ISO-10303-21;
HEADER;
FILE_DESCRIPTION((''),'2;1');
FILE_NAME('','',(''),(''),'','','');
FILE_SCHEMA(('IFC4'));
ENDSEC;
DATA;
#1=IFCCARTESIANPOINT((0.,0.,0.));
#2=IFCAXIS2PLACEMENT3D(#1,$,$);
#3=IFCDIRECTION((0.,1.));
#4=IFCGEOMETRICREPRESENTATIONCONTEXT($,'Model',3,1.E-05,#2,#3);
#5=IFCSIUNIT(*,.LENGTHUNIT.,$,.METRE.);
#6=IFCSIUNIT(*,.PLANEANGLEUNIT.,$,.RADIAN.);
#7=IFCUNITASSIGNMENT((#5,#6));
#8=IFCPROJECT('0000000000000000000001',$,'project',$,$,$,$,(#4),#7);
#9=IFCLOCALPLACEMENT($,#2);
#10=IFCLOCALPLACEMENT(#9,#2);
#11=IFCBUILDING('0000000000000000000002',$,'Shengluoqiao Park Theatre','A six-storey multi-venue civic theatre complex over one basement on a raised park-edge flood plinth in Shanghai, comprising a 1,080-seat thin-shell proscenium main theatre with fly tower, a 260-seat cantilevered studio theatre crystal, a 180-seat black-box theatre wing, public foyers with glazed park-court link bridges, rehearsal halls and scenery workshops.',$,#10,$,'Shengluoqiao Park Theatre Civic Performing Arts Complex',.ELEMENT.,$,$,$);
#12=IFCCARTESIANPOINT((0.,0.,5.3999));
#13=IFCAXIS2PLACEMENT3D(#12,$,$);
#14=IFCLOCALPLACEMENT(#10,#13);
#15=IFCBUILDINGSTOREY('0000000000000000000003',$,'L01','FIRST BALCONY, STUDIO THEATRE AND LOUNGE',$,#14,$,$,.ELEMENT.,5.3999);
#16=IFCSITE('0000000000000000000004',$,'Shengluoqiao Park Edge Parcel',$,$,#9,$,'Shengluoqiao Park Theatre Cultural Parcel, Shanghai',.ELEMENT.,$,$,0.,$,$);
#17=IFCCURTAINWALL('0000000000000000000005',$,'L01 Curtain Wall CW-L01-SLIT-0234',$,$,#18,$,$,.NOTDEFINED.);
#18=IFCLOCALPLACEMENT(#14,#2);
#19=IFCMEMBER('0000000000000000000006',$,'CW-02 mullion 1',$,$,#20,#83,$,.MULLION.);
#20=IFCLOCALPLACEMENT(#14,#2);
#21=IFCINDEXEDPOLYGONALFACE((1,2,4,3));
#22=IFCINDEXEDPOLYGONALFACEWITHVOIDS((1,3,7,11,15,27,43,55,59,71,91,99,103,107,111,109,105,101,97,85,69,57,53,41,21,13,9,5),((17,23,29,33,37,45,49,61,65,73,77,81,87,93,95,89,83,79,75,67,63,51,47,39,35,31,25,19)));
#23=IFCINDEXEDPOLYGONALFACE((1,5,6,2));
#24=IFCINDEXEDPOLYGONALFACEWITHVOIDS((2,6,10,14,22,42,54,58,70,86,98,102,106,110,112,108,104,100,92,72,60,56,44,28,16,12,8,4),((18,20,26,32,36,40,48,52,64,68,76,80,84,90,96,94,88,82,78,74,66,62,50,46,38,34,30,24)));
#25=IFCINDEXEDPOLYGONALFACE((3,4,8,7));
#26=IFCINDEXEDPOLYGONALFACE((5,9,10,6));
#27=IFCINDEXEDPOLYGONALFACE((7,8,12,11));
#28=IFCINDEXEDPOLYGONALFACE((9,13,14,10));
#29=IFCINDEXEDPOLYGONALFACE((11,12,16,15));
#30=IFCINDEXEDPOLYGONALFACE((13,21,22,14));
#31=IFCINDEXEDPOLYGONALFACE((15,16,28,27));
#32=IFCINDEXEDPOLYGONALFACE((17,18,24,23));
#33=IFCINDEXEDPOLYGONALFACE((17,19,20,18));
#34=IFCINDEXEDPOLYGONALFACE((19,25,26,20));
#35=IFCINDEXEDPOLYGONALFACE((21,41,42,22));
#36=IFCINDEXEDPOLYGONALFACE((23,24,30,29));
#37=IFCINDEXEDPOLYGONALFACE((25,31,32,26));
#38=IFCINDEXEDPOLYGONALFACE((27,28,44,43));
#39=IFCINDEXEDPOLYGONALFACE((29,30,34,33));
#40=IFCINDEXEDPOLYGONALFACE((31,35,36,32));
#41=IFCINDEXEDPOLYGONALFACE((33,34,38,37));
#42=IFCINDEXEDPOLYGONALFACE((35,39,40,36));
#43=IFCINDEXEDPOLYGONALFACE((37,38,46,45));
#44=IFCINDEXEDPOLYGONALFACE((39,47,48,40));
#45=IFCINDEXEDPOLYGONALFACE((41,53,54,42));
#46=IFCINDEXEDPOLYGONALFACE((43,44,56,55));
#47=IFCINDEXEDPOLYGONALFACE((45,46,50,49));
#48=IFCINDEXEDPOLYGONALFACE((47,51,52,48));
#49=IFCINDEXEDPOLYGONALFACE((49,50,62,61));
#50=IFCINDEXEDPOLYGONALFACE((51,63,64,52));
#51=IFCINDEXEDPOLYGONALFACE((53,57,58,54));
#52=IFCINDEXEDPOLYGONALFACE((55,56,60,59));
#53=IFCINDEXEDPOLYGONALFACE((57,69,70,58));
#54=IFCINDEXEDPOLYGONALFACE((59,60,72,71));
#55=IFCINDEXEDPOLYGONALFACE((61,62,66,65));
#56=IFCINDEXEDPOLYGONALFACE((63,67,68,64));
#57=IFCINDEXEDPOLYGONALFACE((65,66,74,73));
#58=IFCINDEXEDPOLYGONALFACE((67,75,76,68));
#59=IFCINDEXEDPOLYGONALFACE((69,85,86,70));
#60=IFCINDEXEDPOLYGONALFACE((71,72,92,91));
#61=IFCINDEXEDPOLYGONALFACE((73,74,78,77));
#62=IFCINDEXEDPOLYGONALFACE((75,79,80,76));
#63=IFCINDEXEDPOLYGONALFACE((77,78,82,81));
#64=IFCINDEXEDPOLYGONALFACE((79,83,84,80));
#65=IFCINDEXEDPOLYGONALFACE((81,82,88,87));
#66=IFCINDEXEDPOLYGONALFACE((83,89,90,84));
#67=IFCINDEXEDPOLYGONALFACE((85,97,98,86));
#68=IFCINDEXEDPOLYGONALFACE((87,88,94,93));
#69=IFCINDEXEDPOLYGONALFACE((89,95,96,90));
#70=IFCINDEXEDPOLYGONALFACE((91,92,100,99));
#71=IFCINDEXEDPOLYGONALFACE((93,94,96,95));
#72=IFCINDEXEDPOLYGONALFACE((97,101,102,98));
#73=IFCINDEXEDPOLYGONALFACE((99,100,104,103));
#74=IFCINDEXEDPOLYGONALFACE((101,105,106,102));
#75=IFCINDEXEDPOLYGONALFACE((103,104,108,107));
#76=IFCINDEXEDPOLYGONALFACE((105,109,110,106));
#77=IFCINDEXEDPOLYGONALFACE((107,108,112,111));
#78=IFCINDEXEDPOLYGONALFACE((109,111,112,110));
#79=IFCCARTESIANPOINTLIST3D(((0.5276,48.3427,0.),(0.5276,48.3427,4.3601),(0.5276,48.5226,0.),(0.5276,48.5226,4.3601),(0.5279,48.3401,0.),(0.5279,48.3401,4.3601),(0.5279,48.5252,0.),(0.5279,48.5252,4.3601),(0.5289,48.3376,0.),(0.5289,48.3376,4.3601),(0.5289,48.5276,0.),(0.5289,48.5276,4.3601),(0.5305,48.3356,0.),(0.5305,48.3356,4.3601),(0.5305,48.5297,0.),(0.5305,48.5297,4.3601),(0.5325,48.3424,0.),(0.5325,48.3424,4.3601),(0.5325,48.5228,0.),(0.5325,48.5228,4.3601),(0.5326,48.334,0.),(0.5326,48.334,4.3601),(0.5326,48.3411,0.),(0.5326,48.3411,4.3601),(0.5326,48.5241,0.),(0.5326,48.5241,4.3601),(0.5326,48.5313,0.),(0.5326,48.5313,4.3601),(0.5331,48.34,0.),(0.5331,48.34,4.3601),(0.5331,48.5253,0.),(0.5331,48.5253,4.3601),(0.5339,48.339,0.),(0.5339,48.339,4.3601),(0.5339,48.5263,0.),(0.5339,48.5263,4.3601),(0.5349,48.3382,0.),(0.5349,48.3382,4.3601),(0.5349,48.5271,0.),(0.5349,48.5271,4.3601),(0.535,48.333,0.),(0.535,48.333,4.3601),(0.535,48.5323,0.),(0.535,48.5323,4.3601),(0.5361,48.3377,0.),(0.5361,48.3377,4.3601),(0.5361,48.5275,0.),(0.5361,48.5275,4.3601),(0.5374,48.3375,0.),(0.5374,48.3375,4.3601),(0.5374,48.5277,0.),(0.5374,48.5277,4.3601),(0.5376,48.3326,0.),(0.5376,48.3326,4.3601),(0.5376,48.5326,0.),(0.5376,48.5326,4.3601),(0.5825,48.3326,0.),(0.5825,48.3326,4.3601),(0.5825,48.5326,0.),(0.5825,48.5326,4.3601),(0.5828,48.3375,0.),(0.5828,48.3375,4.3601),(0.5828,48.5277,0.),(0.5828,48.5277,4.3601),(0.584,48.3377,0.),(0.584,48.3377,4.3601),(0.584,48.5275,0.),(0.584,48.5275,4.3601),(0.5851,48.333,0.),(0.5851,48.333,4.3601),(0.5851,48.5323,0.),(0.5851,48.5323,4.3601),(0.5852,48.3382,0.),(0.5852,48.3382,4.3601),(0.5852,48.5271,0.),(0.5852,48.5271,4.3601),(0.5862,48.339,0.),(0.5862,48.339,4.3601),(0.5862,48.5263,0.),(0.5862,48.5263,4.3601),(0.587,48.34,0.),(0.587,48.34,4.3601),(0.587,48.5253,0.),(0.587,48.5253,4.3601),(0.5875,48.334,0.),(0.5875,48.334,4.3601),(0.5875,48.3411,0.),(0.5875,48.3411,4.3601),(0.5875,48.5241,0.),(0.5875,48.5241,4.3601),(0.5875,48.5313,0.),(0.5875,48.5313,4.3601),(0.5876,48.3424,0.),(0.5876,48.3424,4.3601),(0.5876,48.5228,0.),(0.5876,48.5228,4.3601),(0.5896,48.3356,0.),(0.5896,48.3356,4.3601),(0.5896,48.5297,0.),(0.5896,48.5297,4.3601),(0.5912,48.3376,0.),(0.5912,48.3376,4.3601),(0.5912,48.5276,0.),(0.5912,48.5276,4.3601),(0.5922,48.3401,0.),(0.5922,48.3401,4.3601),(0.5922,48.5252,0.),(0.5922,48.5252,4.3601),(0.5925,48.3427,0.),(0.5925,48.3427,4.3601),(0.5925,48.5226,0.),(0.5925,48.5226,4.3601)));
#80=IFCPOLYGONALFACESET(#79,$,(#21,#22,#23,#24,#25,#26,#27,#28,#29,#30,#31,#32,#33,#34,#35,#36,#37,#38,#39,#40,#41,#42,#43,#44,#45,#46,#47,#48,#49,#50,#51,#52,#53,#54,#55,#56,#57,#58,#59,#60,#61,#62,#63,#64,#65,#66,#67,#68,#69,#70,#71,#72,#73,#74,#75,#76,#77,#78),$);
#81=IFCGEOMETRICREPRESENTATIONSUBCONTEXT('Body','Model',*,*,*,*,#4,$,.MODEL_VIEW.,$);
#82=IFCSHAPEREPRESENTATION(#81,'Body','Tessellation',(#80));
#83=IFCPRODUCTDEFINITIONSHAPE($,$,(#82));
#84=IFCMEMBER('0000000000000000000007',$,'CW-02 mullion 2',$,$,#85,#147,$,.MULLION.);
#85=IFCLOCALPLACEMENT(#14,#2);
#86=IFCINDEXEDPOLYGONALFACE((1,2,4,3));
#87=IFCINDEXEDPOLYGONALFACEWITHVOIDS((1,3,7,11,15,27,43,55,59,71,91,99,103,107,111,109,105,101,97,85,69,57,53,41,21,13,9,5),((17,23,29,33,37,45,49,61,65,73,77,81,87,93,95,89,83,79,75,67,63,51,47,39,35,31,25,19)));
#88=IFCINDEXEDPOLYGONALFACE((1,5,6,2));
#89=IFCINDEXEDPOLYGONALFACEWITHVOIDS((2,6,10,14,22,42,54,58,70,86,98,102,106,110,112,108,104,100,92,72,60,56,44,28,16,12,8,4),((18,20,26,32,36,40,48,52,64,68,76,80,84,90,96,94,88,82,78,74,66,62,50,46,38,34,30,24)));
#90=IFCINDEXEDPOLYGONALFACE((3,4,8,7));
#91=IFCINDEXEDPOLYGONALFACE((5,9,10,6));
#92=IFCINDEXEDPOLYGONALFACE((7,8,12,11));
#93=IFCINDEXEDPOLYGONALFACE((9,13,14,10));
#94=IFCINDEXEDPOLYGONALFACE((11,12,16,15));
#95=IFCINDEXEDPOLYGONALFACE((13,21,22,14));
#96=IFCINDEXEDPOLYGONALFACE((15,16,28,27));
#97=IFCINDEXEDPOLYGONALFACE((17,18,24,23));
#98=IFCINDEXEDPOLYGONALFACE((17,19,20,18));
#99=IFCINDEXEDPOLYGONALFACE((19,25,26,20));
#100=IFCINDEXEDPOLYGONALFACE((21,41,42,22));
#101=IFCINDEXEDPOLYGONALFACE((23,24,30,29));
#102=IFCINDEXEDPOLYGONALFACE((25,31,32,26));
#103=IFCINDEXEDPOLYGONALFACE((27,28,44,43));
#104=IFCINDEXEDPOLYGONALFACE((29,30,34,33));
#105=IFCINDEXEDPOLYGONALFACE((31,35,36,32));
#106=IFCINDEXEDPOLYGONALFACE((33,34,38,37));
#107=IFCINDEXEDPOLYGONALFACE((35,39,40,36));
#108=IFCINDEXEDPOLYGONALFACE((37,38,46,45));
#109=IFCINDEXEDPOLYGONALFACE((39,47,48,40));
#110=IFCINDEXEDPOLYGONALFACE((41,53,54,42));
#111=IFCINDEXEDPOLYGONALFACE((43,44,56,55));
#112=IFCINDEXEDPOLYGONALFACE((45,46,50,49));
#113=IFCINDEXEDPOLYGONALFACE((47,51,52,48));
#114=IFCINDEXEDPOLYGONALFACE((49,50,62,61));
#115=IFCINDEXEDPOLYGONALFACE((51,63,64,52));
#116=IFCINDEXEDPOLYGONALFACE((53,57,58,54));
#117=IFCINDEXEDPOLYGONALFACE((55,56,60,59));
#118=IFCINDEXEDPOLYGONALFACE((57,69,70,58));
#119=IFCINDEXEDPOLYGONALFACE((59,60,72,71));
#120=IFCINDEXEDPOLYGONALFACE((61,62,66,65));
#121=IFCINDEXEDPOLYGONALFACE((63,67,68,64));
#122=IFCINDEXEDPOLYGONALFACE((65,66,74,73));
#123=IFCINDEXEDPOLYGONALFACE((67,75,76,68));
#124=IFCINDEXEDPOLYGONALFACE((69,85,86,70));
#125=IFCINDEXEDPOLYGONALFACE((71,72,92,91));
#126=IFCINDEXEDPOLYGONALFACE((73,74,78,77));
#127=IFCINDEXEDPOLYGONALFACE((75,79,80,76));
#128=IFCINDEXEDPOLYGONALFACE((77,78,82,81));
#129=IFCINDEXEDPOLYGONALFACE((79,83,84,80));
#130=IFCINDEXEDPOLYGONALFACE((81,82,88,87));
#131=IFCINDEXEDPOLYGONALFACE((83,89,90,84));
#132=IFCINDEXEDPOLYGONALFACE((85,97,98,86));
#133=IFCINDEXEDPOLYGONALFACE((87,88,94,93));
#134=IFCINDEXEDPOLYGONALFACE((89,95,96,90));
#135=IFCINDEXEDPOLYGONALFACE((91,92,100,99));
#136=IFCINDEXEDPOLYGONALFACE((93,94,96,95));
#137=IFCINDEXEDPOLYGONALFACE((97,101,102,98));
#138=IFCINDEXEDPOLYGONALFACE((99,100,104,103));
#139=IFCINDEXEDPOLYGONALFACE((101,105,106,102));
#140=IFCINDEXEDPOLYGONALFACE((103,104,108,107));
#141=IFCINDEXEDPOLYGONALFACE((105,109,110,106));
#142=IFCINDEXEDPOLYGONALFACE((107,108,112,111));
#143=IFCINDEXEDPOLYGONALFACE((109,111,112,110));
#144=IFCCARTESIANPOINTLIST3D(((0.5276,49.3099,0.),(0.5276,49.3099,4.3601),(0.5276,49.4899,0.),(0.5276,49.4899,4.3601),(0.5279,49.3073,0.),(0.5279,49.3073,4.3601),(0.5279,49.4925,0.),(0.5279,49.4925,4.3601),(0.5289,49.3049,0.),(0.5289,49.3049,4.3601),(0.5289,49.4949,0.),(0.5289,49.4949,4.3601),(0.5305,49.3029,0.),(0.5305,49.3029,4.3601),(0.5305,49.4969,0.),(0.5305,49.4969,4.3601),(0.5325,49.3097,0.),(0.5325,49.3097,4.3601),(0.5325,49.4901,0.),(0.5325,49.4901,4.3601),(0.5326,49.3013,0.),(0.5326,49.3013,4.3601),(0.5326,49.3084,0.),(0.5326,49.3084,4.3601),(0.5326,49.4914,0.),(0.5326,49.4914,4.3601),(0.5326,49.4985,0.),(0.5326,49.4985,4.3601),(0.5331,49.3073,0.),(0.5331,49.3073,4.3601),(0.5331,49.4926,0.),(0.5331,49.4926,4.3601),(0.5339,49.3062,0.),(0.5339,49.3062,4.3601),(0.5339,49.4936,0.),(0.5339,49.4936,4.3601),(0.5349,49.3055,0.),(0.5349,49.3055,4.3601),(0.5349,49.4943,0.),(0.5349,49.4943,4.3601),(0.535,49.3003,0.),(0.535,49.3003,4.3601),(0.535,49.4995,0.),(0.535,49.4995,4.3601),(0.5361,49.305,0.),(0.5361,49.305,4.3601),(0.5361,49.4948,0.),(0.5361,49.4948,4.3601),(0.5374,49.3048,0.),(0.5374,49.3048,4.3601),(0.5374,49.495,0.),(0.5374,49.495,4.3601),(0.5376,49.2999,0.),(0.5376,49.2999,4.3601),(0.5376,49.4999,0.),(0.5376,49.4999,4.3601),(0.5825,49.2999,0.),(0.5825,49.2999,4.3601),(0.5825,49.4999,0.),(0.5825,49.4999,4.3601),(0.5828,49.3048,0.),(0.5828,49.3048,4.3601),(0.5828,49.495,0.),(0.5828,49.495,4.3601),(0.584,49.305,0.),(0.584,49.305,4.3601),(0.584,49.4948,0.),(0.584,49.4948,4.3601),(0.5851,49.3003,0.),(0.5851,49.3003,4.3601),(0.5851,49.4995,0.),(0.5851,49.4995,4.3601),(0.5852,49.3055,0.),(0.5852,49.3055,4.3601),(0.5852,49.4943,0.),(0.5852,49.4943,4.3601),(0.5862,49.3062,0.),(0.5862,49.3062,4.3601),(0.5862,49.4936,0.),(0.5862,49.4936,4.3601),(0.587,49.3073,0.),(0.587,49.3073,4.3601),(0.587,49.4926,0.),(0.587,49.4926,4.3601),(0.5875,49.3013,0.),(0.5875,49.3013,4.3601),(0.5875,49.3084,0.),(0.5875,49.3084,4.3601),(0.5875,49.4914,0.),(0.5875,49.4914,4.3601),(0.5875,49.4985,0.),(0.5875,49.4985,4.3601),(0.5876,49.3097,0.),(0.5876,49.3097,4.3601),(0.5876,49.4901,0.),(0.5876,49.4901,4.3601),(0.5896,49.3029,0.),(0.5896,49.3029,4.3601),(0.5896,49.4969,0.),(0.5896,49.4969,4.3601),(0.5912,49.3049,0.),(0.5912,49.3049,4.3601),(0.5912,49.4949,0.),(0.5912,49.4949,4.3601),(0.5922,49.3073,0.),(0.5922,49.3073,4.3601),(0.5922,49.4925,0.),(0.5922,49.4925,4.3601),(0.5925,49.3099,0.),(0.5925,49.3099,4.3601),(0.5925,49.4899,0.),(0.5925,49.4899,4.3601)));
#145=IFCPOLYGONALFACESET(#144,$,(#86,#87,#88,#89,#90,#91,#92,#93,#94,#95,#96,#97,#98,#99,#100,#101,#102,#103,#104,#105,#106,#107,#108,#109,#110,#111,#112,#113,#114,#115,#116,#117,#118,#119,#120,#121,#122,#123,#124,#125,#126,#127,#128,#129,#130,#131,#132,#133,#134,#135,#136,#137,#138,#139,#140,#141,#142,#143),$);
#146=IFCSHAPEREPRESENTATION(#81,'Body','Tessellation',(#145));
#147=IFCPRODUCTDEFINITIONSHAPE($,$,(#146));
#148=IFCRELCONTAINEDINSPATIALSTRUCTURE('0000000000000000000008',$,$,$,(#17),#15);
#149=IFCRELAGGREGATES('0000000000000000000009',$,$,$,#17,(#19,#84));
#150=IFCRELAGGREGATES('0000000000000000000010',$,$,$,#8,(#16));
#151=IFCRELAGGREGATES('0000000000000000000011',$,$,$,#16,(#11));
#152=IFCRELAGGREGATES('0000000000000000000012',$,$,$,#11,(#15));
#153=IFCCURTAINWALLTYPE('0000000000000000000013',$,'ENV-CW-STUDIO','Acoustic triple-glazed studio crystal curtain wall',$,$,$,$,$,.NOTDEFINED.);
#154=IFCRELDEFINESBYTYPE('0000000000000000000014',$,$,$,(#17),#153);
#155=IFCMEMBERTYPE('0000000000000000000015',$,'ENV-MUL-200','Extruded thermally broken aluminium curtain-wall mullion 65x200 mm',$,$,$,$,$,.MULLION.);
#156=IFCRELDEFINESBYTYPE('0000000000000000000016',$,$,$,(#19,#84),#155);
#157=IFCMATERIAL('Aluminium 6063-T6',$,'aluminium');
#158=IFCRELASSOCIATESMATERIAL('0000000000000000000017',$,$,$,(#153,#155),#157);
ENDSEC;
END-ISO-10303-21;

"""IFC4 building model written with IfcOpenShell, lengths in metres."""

from ifc_helpers import new_model, si_unit, direction, frame, origin, origin_2d, place, context, subcontext, project, spatial, hollow_rectangle, extrude, material, material_profile, profile_set, type_object, element, aggregate, save


model = new_model("IFC4")

# Units and contexts
model_context = context("Model", 3, precision=1e-05, world=origin(), true_north=direction((0.0, 1.0)))
body_context = subcontext(model_context, "Body", "Model", "MODEL_VIEW")
ifc_project = project(units=[si_unit("LENGTHUNIT", "METRE"), si_unit("PLANEANGLEUNIT", "RADIAN")], contexts=[model_context])

# Site, building, storey
site_placement = place(None, origin())
site = spatial("IfcSite", under=ifc_project, at=site_placement, Name="Shengluoqiao Park Edge Parcel", LongName="Shengluoqiao Park Theatre Cultural Parcel, Shanghai", CompositionType="ELEMENT", RefElevation=0.0)
building_placement = place(site_placement, origin())
building = spatial("IfcBuilding", under=site, at=building_placement, Name="Shengluoqiao Park Theatre", Description="A six-storey multi-venue civic theatre complex over one basement on a raised park-edge flood plinth in Shanghai, comprising a 1,080-seat thin-shell proscenium main theatre with fly tower, a 260-seat cantilevered studio theatre crystal, a 180-seat black-box theatre wing, public foyers with glazed park-court link bridges, rehearsal halls and scenery workshops.", LongName="Shengluoqiao Park Theatre Civic Performing Arts Complex", CompositionType="ELEMENT")
storey_placement = place(building_placement, frame((0.0, 0.0, 5.3999)))
storey = spatial("IfcBuildingStorey", under=building, at=storey_placement, Name="L01", Description="FIRST BALCONY, STUDIO THEATRE AND LOUNGE", CompositionType="ELEMENT", Elevation=5.3999)

# Curtain wall, members
ifc_material_1 = material(Name="Aluminium 6063-T6", Category="aluminium")
curtain_wall_type = type_object("IfcCurtainWallType", Name="ENV-CW-STUDIO", Description="Acoustic triple-glazed studio crystal curtain wall", PredefinedType="NOTDEFINED", material=ifc_material_1)
curtain_wall_placement = place(storey_placement, origin())
curtain_wall = element("IfcCurtainWall", 1, at=curtain_wall_placement, inside=storey, type_object=curtain_wall_type, Name="L01 Curtain Wall CW-L01-SLIT-0234", PredefinedType="NOTDEFINED")
ifc_material_profile_1 = material_profile(ifc_material_1, hollow_rectangle(XDim=0.0649, YDim=0.2, WallThickness=0.0049, InnerFilletRadius=0.0049, OuterFilletRadius=0.01, at=origin_2d()), Name="ALU MULLION 200x65x5")
ifc_profile_set_1 = profile_set([ifc_material_profile_1], Name="Aluminium 6063-T6")
member_type_1 = type_object("IfcMemberType", Name="ENV-MUL-200", Description="Extruded thermally broken aluminium curtain-wall mullion 65x200 mm", PredefinedType="MULLION", material=ifc_profile_set_1)
member_1_placement = place(storey_placement, frame((0.5601, 48.4326, 0.0), z_axis=(0.0, 0.0, 1.0), x_axis=(-1.0, 0.0, 0.0)))
member_1 = element("IfcMember", 2, at=member_1_placement, type_object=member_type_1, Name="CW-02 mullion 1", PredefinedType="MULLION", context=body_context, shape_type="SweptSolid", body=[
    extrude(hollow_rectangle(XDim=0.0649, YDim=0.2, WallThickness=0.0049, InnerFilletRadius=0.0049, OuterFilletRadius=0.01, at=origin_2d()), origin(), (0.0, 0.0, 1.0), 4.3601),
])
member_2_placement = place(storey_placement, frame((0.5601, 49.3999, 0.0), z_axis=(0.0, 0.0, 1.0), x_axis=(-1.0, 0.0, 0.0)))
member_2 = element("IfcMember", 3, at=member_2_placement, type_object=member_type_1, Name="CW-02 mullion 2", PredefinedType="MULLION", context=body_context, shape_type="SweptSolid", body=[
    extrude(hollow_rectangle(XDim=0.0649, YDim=0.2, WallThickness=0.0049, InnerFilletRadius=0.0049, OuterFilletRadius=0.01, at=origin_2d()), origin(), (0.0, 0.0, 1.0), 4.3601),
])

aggregate(curtain_wall, [member_1, member_2])

save(model, "model.ifc")
